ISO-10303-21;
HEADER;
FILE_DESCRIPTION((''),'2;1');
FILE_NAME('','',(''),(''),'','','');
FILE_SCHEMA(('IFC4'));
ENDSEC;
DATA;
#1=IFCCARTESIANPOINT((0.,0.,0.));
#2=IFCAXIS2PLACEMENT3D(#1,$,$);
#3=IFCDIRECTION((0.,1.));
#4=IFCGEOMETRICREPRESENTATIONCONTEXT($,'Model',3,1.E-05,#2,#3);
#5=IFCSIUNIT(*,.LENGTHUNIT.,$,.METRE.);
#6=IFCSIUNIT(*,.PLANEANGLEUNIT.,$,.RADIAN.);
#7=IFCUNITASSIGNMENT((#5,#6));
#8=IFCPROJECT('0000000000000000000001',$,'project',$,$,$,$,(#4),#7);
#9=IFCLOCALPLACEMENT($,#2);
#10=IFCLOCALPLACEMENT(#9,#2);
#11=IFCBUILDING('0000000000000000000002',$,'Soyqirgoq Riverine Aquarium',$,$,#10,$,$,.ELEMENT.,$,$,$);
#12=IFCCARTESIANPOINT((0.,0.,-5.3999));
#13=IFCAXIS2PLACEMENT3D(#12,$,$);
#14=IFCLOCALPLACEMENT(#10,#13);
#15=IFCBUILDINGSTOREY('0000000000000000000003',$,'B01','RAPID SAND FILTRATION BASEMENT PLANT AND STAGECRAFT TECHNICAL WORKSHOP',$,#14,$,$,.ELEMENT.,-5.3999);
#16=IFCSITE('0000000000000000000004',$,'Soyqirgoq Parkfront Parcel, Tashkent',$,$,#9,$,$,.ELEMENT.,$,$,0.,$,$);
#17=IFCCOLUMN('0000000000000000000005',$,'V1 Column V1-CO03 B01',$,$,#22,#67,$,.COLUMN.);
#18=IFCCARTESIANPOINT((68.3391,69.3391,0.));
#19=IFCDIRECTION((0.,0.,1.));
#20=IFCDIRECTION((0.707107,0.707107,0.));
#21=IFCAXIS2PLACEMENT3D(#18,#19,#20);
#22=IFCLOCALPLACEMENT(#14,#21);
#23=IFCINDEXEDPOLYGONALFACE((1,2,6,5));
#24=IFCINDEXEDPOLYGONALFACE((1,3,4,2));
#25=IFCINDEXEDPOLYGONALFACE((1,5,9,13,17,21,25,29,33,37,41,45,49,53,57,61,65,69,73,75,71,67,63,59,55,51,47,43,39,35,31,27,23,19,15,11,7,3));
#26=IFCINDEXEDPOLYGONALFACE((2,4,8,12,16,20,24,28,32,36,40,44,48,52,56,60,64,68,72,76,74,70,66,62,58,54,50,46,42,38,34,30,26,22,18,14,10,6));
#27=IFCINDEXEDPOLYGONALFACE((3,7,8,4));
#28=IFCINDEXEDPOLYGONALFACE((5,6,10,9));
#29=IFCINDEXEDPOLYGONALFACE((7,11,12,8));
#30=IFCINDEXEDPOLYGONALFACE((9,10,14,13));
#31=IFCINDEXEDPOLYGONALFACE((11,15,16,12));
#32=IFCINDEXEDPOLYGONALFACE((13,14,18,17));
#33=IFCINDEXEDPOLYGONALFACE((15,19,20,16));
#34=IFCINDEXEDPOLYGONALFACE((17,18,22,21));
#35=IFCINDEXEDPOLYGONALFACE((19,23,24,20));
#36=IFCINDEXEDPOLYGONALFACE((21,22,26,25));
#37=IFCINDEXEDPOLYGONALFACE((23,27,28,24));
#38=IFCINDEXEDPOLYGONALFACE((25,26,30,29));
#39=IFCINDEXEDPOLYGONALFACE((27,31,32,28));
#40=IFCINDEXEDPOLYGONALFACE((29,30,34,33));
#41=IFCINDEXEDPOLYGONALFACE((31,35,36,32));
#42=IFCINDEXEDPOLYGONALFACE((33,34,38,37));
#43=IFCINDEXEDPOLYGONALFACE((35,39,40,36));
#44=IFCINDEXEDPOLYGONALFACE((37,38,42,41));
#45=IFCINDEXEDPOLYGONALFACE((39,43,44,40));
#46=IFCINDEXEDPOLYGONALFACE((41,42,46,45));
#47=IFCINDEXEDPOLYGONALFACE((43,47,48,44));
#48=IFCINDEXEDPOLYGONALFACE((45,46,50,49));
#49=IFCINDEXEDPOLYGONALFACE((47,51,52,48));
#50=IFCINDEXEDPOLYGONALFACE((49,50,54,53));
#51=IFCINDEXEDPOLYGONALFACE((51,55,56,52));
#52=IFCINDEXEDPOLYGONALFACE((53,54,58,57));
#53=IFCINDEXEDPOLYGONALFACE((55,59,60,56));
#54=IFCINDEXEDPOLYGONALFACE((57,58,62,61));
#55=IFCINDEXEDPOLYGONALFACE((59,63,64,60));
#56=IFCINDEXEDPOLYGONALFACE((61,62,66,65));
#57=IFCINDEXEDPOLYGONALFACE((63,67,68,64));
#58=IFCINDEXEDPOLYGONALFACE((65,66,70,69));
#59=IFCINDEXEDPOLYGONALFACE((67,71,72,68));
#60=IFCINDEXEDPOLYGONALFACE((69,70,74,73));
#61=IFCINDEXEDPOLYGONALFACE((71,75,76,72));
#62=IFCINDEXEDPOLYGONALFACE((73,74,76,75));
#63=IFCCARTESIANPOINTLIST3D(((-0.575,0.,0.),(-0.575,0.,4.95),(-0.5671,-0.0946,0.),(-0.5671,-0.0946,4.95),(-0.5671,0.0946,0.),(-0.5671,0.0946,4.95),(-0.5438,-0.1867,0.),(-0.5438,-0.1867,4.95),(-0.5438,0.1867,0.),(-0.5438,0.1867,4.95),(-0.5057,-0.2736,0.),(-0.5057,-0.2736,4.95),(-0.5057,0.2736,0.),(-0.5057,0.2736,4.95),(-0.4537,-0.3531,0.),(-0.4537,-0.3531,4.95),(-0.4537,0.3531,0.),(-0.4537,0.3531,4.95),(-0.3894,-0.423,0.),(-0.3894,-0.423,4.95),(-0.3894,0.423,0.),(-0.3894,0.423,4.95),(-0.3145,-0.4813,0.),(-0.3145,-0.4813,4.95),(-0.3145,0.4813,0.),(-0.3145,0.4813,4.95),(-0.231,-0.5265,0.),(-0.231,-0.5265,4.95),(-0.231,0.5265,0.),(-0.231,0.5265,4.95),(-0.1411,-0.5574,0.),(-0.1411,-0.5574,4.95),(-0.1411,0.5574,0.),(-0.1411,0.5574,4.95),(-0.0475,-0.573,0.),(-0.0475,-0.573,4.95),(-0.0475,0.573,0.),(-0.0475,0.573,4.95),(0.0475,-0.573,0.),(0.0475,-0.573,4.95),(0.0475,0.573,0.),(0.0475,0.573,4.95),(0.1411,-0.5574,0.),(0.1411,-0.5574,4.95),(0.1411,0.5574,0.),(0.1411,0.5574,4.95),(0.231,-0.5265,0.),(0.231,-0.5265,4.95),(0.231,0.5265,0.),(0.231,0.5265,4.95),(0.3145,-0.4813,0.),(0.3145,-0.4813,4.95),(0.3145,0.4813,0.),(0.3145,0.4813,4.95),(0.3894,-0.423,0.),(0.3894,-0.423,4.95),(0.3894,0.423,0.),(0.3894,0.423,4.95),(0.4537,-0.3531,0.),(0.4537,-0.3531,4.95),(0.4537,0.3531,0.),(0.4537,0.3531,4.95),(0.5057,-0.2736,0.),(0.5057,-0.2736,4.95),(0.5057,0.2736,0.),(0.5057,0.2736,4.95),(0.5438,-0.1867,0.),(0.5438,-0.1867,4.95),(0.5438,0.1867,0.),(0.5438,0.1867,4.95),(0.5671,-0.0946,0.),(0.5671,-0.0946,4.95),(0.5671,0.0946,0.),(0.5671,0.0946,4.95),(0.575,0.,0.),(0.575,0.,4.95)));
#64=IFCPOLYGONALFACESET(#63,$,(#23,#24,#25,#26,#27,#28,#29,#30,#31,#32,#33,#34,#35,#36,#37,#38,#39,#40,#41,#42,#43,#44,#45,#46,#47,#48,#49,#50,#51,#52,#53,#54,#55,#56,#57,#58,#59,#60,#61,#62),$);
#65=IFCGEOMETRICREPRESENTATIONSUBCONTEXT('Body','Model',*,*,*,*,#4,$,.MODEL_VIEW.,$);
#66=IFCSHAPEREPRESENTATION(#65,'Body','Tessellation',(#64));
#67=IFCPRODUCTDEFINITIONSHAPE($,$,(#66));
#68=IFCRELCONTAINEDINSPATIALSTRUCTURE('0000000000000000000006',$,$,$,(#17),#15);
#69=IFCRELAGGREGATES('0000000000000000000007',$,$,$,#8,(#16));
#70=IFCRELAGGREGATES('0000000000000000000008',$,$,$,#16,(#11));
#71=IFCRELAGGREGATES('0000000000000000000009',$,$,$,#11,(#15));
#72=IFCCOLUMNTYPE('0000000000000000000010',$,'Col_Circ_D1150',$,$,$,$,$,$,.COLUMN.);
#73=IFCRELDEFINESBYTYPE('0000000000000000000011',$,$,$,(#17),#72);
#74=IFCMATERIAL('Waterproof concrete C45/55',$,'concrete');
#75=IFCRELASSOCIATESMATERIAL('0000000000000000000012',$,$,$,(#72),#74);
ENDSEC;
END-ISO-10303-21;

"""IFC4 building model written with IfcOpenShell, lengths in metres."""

from ifc_helpers import new_model, si_unit, direction, frame, origin, origin_2d, place, context, subcontext, project, spatial, circle, extrude, material, material_profile, profile_set, type_object, element, save


model = new_model("IFC4")

# Units and contexts
model_context = context("Model", 3, precision=1e-05, world=origin(), true_north=direction((0.0, 1.0)))
body_context = subcontext(model_context, "Body", "Model", "MODEL_VIEW")
ifc_project = project(units=[si_unit("LENGTHUNIT", "METRE"), si_unit("PLANEANGLEUNIT", "RADIAN")], contexts=[model_context])

# Site, building, storey
site_placement = place(None, origin())
site = spatial("IfcSite", under=ifc_project, at=site_placement, Name="Soyqirgoq Parkfront Parcel, Tashkent", CompositionType="ELEMENT", RefElevation=0.0)
building_placement = place(site_placement, origin())
building = spatial("IfcBuilding", under=site, at=building_placement, Name="Soyqirgoq Riverine Aquarium", CompositionType="ELEMENT")
storey_placement = place(building_placement, frame((0.0, 0.0, -5.3999)))
storey = spatial("IfcBuildingStorey", under=building, at=storey_placement, Name="B01", Description="RAPID SAND FILTRATION BASEMENT PLANT AND STAGECRAFT TECHNICAL WORKSHOP", CompositionType="ELEMENT", Elevation=-5.3999)

# Column
ifc_material_1 = material(Name="Waterproof concrete C45/55", Category="concrete")
ifc_material_profile_1 = material_profile(ifc_material_1, circle(Radius=0.575, at=origin_2d()), Name="RC-COL D1150")
ifc_profile_set_1 = profile_set([ifc_material_profile_1], Name="Waterproof concrete C45/55")
column_type_1 = type_object("IfcColumnType", Name="Col_Circ_D1150", PredefinedType="COLUMN", material=ifc_profile_set_1)
for number, where, z_axis, x_axis, name in (
    (1, (68.3391, 69.3391, 0.0), (0.0, 0.0, 1.0), (0.707107, 0.707107, 0.0), "V1 Column V1-CO03 B01"),
):
    element("IfcColumn", number, at=place(storey_placement, frame(where, z_axis=z_axis, x_axis=x_axis)), inside=storey, type_object=column_type_1, Name=name, PredefinedType="COLUMN", context=body_context, shape_type="SweptSolid", body=[
        extrude(circle(Radius=0.575, at=origin_2d()), origin(), (0.0, 0.0, 1.0), 4.95),
    ])

save(model, "model.ifc")
